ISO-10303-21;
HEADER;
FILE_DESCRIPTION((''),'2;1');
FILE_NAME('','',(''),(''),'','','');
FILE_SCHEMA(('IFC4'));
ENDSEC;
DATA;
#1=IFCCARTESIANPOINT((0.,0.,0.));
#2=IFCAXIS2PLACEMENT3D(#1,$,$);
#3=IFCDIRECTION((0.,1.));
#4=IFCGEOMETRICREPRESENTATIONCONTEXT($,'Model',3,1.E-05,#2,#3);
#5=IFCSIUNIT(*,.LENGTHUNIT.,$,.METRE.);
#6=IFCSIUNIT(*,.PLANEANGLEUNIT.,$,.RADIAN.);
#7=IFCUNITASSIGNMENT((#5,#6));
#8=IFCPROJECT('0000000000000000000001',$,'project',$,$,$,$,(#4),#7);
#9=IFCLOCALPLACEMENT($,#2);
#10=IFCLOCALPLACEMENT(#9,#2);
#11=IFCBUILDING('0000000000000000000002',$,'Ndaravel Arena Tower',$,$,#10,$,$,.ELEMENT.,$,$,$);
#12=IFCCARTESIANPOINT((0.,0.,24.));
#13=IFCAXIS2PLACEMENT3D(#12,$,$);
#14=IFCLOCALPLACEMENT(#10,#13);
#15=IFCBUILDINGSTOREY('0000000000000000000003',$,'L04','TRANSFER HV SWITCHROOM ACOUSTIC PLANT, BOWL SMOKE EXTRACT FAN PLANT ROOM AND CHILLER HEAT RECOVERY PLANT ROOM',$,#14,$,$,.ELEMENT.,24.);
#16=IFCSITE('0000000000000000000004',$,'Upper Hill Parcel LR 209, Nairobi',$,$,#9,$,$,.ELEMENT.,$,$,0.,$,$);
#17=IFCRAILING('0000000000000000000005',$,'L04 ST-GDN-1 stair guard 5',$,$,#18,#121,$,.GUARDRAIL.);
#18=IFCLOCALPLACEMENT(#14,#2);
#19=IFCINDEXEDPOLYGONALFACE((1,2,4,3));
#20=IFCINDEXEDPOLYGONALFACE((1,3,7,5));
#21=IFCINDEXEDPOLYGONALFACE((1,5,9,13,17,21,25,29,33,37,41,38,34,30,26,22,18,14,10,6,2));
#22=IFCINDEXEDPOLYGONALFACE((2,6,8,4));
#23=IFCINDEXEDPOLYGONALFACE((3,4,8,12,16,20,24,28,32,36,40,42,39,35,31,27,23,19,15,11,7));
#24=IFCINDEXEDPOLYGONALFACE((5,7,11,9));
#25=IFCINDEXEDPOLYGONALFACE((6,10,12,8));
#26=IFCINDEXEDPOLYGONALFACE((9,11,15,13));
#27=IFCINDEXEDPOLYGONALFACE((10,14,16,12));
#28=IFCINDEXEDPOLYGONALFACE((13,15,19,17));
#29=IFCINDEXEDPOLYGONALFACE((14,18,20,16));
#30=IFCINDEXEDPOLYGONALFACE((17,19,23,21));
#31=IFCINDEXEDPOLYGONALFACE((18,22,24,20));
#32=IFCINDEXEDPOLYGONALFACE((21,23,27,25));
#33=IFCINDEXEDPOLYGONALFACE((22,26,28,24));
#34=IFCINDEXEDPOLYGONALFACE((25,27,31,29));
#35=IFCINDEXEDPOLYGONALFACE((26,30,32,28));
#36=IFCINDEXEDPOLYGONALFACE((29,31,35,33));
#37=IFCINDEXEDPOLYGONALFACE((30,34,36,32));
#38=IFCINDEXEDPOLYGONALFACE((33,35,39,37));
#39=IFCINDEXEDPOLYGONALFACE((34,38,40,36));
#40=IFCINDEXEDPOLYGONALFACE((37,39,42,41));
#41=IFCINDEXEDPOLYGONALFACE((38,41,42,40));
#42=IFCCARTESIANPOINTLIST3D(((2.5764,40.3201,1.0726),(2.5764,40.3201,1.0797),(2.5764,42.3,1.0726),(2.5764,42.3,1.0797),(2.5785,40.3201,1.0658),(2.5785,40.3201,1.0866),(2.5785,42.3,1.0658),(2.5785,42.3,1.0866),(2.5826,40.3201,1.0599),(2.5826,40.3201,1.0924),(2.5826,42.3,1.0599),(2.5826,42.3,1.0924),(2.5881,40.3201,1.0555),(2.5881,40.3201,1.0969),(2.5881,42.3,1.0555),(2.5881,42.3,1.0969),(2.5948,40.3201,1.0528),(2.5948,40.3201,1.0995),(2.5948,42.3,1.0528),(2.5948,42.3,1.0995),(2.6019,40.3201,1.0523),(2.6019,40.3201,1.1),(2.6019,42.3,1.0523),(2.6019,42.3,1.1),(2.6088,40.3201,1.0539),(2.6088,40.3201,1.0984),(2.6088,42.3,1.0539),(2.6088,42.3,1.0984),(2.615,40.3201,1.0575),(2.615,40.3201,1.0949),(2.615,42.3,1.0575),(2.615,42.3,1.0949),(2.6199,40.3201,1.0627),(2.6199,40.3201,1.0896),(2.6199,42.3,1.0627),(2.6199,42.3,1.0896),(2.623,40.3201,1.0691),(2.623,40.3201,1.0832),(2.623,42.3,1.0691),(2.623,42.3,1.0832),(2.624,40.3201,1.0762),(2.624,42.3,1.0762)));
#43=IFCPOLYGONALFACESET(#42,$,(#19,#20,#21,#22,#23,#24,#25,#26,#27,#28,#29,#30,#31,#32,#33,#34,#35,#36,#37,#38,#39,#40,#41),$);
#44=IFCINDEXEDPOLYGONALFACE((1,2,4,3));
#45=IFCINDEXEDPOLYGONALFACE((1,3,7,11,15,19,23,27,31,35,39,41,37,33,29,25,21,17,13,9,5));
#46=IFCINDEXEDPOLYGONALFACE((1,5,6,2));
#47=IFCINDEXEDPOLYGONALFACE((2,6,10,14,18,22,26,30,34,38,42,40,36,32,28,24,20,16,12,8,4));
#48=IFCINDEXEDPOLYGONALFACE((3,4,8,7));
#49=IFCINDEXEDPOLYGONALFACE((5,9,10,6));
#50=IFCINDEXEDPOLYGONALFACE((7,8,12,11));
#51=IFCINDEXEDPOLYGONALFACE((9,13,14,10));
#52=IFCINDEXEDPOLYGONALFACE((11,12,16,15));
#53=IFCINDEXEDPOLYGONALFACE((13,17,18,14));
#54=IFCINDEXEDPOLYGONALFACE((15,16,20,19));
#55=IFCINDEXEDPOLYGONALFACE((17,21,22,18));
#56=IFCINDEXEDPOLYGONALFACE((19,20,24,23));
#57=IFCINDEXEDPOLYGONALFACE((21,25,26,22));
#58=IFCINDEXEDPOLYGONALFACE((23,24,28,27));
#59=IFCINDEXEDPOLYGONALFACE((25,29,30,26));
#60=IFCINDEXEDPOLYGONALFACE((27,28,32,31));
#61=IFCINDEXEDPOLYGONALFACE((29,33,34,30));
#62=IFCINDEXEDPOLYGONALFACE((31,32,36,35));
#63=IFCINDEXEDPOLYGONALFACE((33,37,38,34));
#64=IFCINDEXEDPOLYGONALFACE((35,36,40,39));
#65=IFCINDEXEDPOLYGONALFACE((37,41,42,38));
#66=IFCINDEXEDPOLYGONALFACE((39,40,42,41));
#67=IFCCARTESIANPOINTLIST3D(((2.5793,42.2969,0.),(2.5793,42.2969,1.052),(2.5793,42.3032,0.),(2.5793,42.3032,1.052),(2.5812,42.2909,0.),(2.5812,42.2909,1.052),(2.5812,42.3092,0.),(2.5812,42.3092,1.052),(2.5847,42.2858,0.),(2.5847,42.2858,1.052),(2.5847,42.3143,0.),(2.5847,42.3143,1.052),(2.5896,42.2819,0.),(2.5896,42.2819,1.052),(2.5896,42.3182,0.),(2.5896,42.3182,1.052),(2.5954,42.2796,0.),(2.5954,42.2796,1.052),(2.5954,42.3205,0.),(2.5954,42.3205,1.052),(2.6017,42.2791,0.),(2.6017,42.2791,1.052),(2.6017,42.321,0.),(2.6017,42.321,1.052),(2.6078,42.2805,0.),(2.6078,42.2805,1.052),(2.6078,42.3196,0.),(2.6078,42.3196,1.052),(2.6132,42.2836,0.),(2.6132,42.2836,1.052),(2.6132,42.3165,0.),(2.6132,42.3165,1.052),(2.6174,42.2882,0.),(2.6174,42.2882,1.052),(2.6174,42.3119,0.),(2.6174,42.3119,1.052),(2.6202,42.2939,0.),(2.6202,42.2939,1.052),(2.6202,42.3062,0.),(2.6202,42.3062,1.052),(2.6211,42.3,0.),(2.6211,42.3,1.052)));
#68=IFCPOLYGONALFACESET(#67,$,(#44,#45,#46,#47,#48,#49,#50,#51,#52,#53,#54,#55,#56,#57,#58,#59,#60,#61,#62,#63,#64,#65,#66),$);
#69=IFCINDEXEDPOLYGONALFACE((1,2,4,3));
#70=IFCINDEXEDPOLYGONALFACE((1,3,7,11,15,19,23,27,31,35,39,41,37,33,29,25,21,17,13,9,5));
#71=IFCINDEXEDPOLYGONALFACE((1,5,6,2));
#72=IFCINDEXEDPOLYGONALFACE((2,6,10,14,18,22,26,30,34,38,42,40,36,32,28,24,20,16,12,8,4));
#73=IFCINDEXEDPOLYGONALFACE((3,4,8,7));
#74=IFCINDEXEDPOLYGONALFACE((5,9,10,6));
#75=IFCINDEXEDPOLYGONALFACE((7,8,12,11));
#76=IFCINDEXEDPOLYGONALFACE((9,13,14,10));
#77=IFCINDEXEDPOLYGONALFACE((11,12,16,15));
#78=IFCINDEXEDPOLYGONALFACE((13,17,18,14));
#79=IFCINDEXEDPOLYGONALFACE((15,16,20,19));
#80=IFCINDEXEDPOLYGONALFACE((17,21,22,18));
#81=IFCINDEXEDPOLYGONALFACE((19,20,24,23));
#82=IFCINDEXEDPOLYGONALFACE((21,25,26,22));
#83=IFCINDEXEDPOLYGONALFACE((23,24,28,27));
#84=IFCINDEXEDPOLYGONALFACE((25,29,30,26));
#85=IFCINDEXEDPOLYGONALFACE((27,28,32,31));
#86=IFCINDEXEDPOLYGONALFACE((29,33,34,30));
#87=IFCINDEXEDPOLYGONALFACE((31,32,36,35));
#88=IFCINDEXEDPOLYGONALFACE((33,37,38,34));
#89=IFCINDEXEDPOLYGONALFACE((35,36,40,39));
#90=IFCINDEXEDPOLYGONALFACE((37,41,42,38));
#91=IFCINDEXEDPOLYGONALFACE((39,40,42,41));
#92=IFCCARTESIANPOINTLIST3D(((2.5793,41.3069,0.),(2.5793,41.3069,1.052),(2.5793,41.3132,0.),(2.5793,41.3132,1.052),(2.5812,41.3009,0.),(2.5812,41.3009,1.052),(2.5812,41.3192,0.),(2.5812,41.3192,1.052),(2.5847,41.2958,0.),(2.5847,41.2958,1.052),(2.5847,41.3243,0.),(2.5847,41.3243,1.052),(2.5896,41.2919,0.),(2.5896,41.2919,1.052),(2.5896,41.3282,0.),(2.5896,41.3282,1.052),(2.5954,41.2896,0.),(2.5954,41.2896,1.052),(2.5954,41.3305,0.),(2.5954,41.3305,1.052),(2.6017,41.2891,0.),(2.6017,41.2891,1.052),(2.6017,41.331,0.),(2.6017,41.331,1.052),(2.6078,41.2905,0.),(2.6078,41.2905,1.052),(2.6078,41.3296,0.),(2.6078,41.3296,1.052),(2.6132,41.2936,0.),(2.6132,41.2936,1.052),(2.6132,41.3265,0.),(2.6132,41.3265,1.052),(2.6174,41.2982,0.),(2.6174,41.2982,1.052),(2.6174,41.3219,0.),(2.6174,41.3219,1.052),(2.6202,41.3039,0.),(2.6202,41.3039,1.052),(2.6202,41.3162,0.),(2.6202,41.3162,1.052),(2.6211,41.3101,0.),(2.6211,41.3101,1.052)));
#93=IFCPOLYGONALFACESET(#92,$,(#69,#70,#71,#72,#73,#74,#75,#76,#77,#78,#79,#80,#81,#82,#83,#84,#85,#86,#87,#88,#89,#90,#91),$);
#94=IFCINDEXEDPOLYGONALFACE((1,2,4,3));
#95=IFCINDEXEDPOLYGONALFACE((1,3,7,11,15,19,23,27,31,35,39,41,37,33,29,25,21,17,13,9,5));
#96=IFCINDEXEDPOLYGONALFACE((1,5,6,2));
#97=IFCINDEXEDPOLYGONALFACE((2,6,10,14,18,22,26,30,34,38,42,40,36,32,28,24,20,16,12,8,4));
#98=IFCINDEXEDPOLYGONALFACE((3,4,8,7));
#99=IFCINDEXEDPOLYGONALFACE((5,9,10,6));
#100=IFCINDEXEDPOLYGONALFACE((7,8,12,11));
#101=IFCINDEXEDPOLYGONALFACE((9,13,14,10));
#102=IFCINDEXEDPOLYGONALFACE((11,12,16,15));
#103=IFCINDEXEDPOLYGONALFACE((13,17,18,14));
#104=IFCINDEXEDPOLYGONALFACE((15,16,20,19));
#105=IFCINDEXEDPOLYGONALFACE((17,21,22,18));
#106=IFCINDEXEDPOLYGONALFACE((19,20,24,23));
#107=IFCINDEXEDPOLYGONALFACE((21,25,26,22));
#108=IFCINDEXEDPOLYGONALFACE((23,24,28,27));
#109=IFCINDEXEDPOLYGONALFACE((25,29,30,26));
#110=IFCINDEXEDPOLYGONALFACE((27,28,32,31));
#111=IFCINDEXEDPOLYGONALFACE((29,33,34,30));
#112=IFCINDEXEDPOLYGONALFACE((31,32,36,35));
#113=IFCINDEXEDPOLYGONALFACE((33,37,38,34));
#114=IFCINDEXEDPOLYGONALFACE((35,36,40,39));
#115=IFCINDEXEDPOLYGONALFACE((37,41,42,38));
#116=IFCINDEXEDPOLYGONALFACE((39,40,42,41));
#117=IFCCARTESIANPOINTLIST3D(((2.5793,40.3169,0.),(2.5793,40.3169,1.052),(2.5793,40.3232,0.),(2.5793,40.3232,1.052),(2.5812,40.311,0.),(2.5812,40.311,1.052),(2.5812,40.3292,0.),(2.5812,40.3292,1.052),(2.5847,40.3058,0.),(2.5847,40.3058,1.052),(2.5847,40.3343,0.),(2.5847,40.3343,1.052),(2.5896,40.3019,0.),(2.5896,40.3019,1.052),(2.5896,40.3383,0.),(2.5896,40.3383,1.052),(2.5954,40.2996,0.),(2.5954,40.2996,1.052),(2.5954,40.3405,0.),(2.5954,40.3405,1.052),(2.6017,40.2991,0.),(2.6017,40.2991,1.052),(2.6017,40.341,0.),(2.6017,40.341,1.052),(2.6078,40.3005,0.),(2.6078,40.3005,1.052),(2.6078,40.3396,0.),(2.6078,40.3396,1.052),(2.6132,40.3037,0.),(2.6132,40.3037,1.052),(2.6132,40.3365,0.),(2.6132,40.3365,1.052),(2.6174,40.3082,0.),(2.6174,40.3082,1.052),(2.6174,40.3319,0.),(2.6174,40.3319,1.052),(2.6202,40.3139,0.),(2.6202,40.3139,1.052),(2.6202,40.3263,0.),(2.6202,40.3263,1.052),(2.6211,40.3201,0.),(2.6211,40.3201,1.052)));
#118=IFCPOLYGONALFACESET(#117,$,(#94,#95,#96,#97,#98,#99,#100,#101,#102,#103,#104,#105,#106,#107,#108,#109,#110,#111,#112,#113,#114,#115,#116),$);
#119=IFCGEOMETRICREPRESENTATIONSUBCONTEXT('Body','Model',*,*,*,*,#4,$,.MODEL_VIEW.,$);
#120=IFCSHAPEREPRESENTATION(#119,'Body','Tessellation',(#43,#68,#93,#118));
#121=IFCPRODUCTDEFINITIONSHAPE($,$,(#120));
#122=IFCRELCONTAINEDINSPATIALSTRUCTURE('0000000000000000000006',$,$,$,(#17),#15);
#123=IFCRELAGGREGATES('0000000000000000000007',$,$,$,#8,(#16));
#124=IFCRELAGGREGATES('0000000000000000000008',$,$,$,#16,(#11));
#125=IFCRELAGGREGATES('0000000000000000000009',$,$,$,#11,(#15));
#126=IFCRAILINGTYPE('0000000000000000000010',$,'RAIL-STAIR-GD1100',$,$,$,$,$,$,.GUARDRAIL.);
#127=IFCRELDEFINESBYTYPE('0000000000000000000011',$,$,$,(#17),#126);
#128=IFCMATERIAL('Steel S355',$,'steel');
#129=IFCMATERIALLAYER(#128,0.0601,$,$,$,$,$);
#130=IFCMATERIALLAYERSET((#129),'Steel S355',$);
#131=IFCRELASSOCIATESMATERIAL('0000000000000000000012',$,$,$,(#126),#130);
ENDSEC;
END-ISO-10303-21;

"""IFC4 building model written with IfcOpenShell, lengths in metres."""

from ifc_helpers import new_model, si_unit, direction, frame, origin, origin_2d, place, context, subcontext, project, spatial, circle, extrude, material, layer, layer_set, type_object, element, save


model = new_model("IFC4")

# Units and contexts
model_context = context("Model", 3, precision=1e-05, world=origin(), true_north=direction((0.0, 1.0)))
body_context = subcontext(model_context, "Body", "Model", "MODEL_VIEW")
ifc_project = project(units=[si_unit("LENGTHUNIT", "METRE"), si_unit("PLANEANGLEUNIT", "RADIAN")], contexts=[model_context])

# Site, building, storey
site_placement = place(None, origin())
site = spatial("IfcSite", under=ifc_project, at=site_placement, Name="Upper Hill Parcel LR 209, Nairobi", CompositionType="ELEMENT", RefElevation=0.0)
building_placement = place(site_placement, origin())
building = spatial("IfcBuilding", under=site, at=building_placement, Name="Ndaravel Arena Tower", CompositionType="ELEMENT")
storey_placement = place(building_placement, frame((0.0, 0.0, 24.0)))
storey = spatial("IfcBuildingStorey", under=building, at=storey_placement, Name="L04", Description="TRANSFER HV SWITCHROOM ACOUSTIC PLANT, BOWL SMOKE EXTRACT FAN PLANT ROOM AND CHILLER HEAT RECOVERY PLANT ROOM", CompositionType="ELEMENT", Elevation=24.0)

# Railing
ifc_material_1 = material(Name="Steel S355", Category="steel")
ifc_layer_1 = layer(ifc_material_1, 0.0601)
ifc_layer_set_1 = layer_set([ifc_layer_1], Name="Steel S355")
railing_type_1 = type_object("IfcRailingType", Name="RAIL-STAIR-GD1100", PredefinedType="GUARDRAIL", material=ifc_layer_set_1)
for number, where, name in (
    (1, (2.6001, 42.3, 0.0), "L04 ST-GDN-1 stair guard 5"),
):
    element("IfcRailing", number, at=place(storey_placement, frame(where)), inside=storey, type_object=railing_type_1, Name=name, PredefinedType="GUARDRAIL", context=body_context, shape_type="SweptSolid", body=[
        extrude(circle(Radius=0.0239, at=origin_2d()), frame((0.0, 0.0, 1.0762), z_axis=(0.0, -1.0, 0.0), x_axis=(1.0, 0.0, 0.0)), (0.0, 0.0, 1.0), 1.98),
        extrude(circle(Radius=0.021, at=origin_2d()), origin(), (0.0, 0.0, 1.0), 1.052),
        extrude(circle(Radius=0.021, at=origin_2d()), frame((0.0, -0.99, 0.0)), (0.0, 0.0, 1.0), 1.052),
        extrude(circle(Radius=0.021, at=origin_2d()), frame((0.0, -1.98, 0.0)), (0.0, 0.0, 1.0), 1.052),
    ])

save(model, "model.ifc")
